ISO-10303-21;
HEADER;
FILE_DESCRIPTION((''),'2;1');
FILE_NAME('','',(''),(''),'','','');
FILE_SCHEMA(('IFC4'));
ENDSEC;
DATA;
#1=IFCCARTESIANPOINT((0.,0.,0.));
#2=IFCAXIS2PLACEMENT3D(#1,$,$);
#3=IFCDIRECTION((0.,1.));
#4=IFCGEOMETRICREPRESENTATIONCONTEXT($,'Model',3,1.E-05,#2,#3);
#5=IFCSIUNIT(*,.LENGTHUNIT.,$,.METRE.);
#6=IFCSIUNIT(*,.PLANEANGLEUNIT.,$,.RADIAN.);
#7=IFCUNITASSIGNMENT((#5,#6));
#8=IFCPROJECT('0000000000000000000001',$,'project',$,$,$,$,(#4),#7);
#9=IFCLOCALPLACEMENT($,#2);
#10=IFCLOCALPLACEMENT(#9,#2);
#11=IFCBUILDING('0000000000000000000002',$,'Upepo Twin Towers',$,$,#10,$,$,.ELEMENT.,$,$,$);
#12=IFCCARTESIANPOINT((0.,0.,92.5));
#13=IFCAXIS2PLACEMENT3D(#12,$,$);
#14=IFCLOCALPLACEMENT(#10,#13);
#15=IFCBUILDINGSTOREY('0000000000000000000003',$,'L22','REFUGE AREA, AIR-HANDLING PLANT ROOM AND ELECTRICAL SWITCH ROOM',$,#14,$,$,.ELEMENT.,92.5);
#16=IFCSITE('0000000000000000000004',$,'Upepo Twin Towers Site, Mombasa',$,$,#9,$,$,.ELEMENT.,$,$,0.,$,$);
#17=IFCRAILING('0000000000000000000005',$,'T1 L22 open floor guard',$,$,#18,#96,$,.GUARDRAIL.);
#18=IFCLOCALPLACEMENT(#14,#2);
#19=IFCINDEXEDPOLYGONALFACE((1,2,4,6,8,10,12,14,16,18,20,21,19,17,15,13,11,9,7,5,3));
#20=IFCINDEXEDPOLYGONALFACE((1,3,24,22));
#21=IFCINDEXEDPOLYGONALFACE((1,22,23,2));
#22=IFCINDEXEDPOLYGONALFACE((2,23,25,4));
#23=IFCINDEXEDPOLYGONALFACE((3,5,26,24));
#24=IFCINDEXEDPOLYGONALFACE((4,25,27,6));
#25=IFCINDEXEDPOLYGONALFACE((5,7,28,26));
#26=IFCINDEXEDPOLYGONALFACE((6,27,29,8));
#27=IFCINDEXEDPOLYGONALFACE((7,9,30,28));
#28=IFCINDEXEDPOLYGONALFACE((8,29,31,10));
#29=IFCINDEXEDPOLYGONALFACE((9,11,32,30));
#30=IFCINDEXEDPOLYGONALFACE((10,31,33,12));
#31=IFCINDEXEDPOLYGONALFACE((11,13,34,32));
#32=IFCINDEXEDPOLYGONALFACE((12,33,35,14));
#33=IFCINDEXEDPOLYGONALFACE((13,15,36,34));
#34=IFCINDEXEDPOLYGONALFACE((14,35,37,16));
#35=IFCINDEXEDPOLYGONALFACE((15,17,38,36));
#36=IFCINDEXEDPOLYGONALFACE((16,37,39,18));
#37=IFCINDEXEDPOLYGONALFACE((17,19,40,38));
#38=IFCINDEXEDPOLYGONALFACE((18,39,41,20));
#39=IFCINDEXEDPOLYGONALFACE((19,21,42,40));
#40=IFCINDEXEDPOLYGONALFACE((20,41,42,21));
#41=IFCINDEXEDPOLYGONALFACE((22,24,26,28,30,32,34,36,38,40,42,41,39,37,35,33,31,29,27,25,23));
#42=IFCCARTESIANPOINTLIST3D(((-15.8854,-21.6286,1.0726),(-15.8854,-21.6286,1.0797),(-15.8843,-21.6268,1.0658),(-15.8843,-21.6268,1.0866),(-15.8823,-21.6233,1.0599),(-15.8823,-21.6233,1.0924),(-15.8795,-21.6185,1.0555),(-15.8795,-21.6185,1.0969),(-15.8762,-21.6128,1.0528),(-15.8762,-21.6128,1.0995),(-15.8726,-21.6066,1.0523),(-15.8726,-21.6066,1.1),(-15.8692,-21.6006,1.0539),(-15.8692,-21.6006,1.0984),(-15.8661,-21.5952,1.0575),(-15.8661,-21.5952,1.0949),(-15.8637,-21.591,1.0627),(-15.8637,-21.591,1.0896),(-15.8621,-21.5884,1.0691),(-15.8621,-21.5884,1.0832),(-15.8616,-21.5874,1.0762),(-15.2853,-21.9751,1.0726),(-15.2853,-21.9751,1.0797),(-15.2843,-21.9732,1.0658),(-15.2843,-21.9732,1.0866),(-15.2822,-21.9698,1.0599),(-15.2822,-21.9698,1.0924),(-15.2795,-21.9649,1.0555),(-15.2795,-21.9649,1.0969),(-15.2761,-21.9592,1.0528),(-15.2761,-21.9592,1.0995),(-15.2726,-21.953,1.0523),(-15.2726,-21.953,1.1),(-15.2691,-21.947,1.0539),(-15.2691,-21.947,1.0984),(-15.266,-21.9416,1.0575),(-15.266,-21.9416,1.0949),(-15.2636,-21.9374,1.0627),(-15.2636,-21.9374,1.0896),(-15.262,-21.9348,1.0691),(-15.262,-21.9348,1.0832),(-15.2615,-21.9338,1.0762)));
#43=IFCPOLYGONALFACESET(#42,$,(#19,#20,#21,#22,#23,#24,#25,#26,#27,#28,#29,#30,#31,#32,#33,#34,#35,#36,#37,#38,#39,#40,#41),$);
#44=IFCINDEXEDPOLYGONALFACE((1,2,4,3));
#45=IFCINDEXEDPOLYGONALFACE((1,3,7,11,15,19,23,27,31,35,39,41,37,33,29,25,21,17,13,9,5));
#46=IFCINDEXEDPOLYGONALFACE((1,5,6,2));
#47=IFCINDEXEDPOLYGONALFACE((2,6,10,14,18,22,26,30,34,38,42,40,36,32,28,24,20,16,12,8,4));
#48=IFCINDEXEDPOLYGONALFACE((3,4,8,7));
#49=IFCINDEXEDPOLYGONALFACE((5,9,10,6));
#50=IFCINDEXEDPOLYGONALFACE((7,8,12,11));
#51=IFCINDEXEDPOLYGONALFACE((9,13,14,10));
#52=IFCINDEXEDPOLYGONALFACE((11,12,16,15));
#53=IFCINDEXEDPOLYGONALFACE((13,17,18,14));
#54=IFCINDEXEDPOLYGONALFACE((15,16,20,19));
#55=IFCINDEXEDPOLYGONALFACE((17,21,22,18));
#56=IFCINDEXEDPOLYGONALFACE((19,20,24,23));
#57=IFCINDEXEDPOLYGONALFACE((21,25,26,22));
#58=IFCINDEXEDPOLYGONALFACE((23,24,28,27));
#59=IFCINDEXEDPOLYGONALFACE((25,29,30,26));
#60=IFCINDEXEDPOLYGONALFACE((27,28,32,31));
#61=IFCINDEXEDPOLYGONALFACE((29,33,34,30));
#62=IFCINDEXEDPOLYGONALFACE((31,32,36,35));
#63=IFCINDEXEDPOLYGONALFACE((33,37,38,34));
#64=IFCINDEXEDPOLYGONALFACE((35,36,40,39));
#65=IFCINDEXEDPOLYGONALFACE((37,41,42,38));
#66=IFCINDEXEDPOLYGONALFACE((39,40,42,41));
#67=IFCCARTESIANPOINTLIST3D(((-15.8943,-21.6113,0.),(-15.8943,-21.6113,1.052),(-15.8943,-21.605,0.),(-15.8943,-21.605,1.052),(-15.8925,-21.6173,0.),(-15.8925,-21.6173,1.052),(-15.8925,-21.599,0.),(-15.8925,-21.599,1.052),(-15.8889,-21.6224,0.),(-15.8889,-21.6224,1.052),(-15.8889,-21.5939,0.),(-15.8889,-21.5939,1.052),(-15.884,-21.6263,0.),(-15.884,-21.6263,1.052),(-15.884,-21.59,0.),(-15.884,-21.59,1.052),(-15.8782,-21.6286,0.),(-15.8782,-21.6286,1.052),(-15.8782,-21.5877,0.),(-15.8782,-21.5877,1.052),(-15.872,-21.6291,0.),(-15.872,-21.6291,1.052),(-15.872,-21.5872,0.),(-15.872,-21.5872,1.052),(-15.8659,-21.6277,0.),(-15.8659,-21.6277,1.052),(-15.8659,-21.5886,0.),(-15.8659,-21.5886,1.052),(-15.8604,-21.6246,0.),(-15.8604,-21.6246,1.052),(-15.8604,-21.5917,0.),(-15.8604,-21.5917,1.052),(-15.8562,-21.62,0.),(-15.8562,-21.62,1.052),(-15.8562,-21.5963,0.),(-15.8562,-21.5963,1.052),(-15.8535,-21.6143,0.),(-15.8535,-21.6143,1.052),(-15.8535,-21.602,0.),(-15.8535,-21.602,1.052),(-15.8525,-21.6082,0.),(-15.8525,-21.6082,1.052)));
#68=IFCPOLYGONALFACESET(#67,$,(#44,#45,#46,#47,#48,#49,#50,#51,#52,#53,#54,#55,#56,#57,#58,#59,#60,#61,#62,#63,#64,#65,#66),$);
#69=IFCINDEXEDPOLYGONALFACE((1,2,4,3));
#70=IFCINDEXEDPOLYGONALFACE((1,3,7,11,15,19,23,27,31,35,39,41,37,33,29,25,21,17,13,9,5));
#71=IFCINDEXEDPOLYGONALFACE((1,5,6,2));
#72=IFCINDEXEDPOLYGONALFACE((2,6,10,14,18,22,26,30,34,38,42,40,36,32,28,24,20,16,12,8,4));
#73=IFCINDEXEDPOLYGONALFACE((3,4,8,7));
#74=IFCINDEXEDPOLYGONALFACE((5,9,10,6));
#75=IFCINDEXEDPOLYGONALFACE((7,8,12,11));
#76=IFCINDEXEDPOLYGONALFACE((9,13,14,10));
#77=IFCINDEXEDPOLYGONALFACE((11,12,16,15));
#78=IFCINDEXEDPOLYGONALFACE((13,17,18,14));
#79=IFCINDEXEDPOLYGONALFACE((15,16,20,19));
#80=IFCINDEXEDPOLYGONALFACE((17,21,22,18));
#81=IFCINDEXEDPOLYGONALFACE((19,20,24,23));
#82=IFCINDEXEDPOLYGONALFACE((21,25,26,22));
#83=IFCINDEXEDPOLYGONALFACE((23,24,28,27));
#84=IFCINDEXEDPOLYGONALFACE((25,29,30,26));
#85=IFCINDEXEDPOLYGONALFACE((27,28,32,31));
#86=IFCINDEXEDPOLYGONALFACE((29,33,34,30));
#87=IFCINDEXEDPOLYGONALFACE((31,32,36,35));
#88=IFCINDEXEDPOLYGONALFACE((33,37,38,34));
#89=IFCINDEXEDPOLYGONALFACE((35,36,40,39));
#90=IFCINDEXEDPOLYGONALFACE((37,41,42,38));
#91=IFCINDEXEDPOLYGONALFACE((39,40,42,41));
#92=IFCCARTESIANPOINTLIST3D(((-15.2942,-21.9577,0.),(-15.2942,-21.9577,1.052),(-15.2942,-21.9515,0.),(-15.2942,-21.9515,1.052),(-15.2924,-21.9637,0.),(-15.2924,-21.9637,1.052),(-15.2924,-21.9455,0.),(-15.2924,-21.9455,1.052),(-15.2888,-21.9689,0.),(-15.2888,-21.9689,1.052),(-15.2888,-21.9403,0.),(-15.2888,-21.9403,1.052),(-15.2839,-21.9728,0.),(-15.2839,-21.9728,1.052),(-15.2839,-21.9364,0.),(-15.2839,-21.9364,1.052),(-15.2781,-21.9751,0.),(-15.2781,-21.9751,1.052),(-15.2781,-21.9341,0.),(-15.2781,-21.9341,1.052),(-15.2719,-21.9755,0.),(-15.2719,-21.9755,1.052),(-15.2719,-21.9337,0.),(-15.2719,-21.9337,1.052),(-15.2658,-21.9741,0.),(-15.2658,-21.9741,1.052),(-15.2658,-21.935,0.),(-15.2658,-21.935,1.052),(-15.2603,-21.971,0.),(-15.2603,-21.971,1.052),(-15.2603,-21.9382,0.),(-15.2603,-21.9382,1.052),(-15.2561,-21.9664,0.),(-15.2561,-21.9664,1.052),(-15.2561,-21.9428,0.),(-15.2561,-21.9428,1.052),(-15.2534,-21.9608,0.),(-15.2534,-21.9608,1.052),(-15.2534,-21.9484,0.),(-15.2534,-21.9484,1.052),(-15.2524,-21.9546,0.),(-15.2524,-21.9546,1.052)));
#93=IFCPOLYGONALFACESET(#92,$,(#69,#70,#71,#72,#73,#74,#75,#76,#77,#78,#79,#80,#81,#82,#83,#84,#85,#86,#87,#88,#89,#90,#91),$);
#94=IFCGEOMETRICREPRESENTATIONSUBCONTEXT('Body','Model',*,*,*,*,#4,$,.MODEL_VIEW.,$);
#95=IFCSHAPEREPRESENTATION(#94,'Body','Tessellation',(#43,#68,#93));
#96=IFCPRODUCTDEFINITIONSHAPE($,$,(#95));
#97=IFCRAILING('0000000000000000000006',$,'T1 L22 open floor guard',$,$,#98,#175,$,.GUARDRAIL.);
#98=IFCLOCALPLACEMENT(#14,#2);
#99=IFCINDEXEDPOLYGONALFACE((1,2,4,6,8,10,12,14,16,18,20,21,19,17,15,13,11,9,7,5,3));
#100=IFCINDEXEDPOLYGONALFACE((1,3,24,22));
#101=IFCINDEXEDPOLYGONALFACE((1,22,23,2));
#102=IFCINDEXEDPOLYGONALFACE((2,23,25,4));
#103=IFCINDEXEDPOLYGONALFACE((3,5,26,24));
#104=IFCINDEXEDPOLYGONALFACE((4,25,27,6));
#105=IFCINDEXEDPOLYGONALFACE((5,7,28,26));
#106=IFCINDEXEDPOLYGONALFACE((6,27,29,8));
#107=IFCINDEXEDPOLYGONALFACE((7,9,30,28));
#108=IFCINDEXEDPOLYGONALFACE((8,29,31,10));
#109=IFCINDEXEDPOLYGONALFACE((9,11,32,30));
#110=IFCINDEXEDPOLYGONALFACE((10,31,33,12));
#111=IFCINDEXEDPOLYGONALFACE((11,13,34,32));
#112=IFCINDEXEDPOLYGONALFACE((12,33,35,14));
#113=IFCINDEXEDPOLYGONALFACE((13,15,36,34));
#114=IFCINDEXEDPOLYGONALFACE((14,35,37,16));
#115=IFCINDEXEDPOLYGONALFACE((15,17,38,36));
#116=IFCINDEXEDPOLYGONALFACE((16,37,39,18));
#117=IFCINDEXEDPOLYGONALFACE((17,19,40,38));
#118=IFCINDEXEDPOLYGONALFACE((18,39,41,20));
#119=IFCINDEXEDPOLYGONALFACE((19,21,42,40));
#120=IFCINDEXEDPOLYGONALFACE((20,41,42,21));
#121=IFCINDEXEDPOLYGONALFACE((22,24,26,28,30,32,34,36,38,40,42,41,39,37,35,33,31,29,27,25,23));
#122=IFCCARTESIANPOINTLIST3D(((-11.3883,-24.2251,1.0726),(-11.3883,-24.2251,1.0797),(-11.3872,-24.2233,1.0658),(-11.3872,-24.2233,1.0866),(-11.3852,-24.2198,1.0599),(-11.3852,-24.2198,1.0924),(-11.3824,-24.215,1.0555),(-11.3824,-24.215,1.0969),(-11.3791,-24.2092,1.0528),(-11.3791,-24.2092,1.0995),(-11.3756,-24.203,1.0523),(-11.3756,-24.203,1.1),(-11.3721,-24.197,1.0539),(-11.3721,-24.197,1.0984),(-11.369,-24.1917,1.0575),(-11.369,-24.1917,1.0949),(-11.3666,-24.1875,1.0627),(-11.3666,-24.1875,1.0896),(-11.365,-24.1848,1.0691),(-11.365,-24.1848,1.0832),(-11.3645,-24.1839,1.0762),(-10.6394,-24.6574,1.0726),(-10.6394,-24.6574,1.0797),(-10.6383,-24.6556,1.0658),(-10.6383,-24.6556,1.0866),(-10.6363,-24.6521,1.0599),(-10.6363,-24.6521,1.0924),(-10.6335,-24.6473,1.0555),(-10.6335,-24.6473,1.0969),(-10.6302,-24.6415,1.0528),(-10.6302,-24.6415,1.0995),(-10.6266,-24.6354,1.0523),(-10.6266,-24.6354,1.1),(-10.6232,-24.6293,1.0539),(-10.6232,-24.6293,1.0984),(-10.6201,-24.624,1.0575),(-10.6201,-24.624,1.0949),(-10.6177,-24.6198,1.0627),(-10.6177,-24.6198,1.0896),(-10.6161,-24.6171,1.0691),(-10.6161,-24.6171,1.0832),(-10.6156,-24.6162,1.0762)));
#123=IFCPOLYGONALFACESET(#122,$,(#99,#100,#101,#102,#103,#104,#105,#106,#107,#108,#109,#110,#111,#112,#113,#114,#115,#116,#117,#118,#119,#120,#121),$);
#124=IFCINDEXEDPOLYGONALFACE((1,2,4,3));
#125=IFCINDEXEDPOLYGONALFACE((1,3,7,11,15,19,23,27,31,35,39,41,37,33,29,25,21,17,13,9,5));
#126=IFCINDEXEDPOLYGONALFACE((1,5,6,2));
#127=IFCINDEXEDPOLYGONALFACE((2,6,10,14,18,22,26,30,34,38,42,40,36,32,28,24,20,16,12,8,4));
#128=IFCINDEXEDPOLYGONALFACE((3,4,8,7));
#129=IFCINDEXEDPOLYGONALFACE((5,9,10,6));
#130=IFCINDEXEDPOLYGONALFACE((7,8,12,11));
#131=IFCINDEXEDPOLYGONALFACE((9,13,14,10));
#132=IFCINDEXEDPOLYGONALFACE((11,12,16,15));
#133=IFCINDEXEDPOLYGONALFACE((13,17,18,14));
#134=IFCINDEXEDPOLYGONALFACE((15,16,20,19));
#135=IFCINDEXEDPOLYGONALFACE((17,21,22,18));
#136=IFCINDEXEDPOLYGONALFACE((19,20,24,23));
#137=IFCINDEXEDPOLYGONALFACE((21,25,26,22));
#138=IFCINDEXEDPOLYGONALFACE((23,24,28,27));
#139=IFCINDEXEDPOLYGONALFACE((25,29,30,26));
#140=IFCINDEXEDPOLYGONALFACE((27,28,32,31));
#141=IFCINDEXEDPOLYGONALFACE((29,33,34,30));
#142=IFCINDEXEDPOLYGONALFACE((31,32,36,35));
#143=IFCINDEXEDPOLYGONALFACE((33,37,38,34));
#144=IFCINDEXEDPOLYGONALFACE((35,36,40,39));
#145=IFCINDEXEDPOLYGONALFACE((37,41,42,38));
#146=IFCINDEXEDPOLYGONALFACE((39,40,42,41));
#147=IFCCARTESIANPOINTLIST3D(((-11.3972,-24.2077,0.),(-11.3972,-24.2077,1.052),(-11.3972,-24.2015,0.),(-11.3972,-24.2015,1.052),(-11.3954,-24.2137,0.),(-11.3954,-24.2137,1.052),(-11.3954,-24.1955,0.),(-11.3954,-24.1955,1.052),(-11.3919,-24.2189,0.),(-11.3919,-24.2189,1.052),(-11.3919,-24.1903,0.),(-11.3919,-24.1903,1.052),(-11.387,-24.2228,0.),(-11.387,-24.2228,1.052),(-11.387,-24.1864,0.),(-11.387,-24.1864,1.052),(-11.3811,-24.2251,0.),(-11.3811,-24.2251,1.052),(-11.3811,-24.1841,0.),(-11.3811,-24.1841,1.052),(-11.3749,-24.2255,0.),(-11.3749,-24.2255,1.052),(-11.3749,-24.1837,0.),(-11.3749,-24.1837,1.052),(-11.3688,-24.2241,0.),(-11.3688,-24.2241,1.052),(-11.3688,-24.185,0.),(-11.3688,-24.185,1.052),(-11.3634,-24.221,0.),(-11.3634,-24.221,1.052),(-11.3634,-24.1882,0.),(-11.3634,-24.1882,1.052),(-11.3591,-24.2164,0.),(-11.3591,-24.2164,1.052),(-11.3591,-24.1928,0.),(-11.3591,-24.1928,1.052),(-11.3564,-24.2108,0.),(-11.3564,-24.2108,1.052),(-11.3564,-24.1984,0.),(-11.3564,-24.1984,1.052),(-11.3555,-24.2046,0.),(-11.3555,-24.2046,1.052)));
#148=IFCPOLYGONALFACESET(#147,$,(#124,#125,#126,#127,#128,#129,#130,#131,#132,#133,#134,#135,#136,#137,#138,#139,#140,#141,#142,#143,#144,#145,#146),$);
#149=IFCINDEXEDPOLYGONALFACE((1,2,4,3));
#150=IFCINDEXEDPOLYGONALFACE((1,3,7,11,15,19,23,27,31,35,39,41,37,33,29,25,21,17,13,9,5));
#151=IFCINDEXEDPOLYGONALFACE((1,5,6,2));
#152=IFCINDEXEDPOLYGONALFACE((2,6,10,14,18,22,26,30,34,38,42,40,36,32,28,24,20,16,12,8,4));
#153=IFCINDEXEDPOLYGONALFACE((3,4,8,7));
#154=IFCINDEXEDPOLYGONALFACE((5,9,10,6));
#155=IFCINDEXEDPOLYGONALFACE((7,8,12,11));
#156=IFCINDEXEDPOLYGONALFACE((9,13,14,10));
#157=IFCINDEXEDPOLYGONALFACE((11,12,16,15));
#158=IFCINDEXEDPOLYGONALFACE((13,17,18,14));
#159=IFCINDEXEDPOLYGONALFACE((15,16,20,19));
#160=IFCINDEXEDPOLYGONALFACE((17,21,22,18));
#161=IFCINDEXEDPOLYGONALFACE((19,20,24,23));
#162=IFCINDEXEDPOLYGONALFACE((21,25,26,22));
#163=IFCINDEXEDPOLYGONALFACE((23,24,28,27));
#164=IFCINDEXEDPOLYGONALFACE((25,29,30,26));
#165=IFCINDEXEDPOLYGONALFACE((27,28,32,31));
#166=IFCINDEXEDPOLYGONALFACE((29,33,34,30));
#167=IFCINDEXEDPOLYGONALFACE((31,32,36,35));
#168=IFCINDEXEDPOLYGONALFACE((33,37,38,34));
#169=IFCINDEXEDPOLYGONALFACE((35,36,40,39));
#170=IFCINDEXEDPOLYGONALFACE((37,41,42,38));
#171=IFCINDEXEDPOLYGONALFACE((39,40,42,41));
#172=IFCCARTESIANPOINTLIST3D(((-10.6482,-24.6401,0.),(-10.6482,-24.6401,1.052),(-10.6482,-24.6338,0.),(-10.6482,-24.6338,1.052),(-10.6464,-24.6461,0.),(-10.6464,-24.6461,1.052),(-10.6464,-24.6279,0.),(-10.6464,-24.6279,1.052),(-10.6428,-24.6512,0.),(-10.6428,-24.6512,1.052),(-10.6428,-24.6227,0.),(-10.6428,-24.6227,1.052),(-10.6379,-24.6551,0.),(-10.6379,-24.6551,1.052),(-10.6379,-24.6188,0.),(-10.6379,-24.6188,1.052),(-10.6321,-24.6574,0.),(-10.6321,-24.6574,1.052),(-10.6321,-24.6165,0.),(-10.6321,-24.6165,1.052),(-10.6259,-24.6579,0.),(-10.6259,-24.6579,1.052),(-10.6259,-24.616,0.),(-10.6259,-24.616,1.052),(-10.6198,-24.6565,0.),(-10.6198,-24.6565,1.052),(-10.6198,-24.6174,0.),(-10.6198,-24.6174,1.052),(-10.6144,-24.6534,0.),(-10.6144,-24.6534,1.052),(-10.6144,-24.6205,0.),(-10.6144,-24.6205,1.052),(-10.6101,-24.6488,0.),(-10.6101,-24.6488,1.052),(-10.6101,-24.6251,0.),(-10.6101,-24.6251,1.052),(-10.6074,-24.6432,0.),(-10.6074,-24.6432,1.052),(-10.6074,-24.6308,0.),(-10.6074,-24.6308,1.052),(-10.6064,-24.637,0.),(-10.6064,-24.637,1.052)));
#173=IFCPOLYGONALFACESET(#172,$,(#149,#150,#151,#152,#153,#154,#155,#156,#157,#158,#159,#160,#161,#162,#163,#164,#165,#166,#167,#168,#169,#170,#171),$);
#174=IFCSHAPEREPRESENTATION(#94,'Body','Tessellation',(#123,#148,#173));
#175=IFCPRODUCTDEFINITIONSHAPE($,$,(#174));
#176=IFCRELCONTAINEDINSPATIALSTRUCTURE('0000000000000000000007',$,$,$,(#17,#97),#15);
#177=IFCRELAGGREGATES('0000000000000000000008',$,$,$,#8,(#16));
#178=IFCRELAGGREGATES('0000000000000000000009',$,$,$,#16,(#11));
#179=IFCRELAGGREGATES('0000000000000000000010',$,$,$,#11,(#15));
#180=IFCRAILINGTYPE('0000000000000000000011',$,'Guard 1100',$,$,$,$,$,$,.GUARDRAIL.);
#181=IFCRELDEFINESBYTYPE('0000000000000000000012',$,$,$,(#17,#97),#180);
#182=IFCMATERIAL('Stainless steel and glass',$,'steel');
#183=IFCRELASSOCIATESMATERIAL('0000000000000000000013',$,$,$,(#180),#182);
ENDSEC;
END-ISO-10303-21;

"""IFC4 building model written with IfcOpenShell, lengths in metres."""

from ifc_helpers import new_model, si_unit, direction, frame, origin, origin_2d, place, context, subcontext, project, spatial, circle, extrude, material, type_object, element, save


model = new_model("IFC4")

# Units and contexts
model_context = context("Model", 3, precision=1e-05, world=origin(), true_north=direction((0.0, 1.0)))
body_context = subcontext(model_context, "Body", "Model", "MODEL_VIEW")
ifc_project = project(units=[si_unit("LENGTHUNIT", "METRE"), si_unit("PLANEANGLEUNIT", "RADIAN")], contexts=[model_context])

# Site, building, storey
site_placement = place(None, origin())
site = spatial("IfcSite", under=ifc_project, at=site_placement, Name="Upepo Twin Towers Site, Mombasa", CompositionType="ELEMENT", RefElevation=0.0)
building_placement = place(site_placement, origin())
building = spatial("IfcBuilding", under=site, at=building_placement, Name="Upepo Twin Towers", CompositionType="ELEMENT")
storey_placement = place(building_placement, frame((0.0, 0.0, 92.5)))
storey = spatial("IfcBuildingStorey", under=building, at=storey_placement, Name="L22", Description="REFUGE AREA, AIR-HANDLING PLANT ROOM AND ELECTRICAL SWITCH ROOM", CompositionType="ELEMENT", Elevation=92.5)

# Railings
ifc_material_1 = material(Name="Stainless steel and glass", Category="steel")
railing_type = type_object("IfcRailingType", Name="Guard 1100", PredefinedType="GUARDRAIL", material=ifc_material_1)
railing_1_placement = place(storey_placement, frame((-15.8735, -21.6082, 0.0)))
element("IfcRailing", 1, at=railing_1_placement, inside=storey, type_object=railing_type, Name="T1 L22 open floor guard", PredefinedType="GUARDRAIL", context=body_context, shape_type="SweptSolid", body=[
    extrude(circle(Radius=0.0239, at=origin_2d()), frame((0.0, 0.0, 1.0762), z_axis=(0.866045, -0.499966, 0.0), x_axis=(0.499966, 0.866045, 0.0)), (0.0, 0.0, 1.0), 0.6929),
    extrude(circle(Radius=0.021, at=origin_2d()), origin(), (0.0, 0.0, 1.0), 1.052),
    extrude(circle(Radius=0.021, at=origin_2d()), frame((0.6001, -0.3464, 0.0)), (0.0, 0.0, 1.0), 1.052),
])
railing_2_placement = place(storey_placement, frame((-11.3765, -24.2046, 0.0)))
element("IfcRailing", 2, at=railing_2_placement, inside=storey, type_object=railing_type, Name="T1 L22 open floor guard", PredefinedType="GUARDRAIL", context=body_context, shape_type="SweptSolid", body=[
    extrude(circle(Radius=0.0239, at=origin_2d()), frame((0.0, 0.0, 1.0762), z_axis=(0.866063, -0.499934, 0.0), x_axis=(0.499934, 0.866063, 0.0)), (0.0, 0.0, 1.0), 0.8647),
    extrude(circle(Radius=0.021, at=origin_2d()), origin(), (0.0, 0.0, 1.0), 1.052),
    extrude(circle(Radius=0.021, at=origin_2d()), frame((0.749, -0.4324, 0.0)), (0.0, 0.0, 1.0), 1.052),
])

save(model, "model.ifc")
